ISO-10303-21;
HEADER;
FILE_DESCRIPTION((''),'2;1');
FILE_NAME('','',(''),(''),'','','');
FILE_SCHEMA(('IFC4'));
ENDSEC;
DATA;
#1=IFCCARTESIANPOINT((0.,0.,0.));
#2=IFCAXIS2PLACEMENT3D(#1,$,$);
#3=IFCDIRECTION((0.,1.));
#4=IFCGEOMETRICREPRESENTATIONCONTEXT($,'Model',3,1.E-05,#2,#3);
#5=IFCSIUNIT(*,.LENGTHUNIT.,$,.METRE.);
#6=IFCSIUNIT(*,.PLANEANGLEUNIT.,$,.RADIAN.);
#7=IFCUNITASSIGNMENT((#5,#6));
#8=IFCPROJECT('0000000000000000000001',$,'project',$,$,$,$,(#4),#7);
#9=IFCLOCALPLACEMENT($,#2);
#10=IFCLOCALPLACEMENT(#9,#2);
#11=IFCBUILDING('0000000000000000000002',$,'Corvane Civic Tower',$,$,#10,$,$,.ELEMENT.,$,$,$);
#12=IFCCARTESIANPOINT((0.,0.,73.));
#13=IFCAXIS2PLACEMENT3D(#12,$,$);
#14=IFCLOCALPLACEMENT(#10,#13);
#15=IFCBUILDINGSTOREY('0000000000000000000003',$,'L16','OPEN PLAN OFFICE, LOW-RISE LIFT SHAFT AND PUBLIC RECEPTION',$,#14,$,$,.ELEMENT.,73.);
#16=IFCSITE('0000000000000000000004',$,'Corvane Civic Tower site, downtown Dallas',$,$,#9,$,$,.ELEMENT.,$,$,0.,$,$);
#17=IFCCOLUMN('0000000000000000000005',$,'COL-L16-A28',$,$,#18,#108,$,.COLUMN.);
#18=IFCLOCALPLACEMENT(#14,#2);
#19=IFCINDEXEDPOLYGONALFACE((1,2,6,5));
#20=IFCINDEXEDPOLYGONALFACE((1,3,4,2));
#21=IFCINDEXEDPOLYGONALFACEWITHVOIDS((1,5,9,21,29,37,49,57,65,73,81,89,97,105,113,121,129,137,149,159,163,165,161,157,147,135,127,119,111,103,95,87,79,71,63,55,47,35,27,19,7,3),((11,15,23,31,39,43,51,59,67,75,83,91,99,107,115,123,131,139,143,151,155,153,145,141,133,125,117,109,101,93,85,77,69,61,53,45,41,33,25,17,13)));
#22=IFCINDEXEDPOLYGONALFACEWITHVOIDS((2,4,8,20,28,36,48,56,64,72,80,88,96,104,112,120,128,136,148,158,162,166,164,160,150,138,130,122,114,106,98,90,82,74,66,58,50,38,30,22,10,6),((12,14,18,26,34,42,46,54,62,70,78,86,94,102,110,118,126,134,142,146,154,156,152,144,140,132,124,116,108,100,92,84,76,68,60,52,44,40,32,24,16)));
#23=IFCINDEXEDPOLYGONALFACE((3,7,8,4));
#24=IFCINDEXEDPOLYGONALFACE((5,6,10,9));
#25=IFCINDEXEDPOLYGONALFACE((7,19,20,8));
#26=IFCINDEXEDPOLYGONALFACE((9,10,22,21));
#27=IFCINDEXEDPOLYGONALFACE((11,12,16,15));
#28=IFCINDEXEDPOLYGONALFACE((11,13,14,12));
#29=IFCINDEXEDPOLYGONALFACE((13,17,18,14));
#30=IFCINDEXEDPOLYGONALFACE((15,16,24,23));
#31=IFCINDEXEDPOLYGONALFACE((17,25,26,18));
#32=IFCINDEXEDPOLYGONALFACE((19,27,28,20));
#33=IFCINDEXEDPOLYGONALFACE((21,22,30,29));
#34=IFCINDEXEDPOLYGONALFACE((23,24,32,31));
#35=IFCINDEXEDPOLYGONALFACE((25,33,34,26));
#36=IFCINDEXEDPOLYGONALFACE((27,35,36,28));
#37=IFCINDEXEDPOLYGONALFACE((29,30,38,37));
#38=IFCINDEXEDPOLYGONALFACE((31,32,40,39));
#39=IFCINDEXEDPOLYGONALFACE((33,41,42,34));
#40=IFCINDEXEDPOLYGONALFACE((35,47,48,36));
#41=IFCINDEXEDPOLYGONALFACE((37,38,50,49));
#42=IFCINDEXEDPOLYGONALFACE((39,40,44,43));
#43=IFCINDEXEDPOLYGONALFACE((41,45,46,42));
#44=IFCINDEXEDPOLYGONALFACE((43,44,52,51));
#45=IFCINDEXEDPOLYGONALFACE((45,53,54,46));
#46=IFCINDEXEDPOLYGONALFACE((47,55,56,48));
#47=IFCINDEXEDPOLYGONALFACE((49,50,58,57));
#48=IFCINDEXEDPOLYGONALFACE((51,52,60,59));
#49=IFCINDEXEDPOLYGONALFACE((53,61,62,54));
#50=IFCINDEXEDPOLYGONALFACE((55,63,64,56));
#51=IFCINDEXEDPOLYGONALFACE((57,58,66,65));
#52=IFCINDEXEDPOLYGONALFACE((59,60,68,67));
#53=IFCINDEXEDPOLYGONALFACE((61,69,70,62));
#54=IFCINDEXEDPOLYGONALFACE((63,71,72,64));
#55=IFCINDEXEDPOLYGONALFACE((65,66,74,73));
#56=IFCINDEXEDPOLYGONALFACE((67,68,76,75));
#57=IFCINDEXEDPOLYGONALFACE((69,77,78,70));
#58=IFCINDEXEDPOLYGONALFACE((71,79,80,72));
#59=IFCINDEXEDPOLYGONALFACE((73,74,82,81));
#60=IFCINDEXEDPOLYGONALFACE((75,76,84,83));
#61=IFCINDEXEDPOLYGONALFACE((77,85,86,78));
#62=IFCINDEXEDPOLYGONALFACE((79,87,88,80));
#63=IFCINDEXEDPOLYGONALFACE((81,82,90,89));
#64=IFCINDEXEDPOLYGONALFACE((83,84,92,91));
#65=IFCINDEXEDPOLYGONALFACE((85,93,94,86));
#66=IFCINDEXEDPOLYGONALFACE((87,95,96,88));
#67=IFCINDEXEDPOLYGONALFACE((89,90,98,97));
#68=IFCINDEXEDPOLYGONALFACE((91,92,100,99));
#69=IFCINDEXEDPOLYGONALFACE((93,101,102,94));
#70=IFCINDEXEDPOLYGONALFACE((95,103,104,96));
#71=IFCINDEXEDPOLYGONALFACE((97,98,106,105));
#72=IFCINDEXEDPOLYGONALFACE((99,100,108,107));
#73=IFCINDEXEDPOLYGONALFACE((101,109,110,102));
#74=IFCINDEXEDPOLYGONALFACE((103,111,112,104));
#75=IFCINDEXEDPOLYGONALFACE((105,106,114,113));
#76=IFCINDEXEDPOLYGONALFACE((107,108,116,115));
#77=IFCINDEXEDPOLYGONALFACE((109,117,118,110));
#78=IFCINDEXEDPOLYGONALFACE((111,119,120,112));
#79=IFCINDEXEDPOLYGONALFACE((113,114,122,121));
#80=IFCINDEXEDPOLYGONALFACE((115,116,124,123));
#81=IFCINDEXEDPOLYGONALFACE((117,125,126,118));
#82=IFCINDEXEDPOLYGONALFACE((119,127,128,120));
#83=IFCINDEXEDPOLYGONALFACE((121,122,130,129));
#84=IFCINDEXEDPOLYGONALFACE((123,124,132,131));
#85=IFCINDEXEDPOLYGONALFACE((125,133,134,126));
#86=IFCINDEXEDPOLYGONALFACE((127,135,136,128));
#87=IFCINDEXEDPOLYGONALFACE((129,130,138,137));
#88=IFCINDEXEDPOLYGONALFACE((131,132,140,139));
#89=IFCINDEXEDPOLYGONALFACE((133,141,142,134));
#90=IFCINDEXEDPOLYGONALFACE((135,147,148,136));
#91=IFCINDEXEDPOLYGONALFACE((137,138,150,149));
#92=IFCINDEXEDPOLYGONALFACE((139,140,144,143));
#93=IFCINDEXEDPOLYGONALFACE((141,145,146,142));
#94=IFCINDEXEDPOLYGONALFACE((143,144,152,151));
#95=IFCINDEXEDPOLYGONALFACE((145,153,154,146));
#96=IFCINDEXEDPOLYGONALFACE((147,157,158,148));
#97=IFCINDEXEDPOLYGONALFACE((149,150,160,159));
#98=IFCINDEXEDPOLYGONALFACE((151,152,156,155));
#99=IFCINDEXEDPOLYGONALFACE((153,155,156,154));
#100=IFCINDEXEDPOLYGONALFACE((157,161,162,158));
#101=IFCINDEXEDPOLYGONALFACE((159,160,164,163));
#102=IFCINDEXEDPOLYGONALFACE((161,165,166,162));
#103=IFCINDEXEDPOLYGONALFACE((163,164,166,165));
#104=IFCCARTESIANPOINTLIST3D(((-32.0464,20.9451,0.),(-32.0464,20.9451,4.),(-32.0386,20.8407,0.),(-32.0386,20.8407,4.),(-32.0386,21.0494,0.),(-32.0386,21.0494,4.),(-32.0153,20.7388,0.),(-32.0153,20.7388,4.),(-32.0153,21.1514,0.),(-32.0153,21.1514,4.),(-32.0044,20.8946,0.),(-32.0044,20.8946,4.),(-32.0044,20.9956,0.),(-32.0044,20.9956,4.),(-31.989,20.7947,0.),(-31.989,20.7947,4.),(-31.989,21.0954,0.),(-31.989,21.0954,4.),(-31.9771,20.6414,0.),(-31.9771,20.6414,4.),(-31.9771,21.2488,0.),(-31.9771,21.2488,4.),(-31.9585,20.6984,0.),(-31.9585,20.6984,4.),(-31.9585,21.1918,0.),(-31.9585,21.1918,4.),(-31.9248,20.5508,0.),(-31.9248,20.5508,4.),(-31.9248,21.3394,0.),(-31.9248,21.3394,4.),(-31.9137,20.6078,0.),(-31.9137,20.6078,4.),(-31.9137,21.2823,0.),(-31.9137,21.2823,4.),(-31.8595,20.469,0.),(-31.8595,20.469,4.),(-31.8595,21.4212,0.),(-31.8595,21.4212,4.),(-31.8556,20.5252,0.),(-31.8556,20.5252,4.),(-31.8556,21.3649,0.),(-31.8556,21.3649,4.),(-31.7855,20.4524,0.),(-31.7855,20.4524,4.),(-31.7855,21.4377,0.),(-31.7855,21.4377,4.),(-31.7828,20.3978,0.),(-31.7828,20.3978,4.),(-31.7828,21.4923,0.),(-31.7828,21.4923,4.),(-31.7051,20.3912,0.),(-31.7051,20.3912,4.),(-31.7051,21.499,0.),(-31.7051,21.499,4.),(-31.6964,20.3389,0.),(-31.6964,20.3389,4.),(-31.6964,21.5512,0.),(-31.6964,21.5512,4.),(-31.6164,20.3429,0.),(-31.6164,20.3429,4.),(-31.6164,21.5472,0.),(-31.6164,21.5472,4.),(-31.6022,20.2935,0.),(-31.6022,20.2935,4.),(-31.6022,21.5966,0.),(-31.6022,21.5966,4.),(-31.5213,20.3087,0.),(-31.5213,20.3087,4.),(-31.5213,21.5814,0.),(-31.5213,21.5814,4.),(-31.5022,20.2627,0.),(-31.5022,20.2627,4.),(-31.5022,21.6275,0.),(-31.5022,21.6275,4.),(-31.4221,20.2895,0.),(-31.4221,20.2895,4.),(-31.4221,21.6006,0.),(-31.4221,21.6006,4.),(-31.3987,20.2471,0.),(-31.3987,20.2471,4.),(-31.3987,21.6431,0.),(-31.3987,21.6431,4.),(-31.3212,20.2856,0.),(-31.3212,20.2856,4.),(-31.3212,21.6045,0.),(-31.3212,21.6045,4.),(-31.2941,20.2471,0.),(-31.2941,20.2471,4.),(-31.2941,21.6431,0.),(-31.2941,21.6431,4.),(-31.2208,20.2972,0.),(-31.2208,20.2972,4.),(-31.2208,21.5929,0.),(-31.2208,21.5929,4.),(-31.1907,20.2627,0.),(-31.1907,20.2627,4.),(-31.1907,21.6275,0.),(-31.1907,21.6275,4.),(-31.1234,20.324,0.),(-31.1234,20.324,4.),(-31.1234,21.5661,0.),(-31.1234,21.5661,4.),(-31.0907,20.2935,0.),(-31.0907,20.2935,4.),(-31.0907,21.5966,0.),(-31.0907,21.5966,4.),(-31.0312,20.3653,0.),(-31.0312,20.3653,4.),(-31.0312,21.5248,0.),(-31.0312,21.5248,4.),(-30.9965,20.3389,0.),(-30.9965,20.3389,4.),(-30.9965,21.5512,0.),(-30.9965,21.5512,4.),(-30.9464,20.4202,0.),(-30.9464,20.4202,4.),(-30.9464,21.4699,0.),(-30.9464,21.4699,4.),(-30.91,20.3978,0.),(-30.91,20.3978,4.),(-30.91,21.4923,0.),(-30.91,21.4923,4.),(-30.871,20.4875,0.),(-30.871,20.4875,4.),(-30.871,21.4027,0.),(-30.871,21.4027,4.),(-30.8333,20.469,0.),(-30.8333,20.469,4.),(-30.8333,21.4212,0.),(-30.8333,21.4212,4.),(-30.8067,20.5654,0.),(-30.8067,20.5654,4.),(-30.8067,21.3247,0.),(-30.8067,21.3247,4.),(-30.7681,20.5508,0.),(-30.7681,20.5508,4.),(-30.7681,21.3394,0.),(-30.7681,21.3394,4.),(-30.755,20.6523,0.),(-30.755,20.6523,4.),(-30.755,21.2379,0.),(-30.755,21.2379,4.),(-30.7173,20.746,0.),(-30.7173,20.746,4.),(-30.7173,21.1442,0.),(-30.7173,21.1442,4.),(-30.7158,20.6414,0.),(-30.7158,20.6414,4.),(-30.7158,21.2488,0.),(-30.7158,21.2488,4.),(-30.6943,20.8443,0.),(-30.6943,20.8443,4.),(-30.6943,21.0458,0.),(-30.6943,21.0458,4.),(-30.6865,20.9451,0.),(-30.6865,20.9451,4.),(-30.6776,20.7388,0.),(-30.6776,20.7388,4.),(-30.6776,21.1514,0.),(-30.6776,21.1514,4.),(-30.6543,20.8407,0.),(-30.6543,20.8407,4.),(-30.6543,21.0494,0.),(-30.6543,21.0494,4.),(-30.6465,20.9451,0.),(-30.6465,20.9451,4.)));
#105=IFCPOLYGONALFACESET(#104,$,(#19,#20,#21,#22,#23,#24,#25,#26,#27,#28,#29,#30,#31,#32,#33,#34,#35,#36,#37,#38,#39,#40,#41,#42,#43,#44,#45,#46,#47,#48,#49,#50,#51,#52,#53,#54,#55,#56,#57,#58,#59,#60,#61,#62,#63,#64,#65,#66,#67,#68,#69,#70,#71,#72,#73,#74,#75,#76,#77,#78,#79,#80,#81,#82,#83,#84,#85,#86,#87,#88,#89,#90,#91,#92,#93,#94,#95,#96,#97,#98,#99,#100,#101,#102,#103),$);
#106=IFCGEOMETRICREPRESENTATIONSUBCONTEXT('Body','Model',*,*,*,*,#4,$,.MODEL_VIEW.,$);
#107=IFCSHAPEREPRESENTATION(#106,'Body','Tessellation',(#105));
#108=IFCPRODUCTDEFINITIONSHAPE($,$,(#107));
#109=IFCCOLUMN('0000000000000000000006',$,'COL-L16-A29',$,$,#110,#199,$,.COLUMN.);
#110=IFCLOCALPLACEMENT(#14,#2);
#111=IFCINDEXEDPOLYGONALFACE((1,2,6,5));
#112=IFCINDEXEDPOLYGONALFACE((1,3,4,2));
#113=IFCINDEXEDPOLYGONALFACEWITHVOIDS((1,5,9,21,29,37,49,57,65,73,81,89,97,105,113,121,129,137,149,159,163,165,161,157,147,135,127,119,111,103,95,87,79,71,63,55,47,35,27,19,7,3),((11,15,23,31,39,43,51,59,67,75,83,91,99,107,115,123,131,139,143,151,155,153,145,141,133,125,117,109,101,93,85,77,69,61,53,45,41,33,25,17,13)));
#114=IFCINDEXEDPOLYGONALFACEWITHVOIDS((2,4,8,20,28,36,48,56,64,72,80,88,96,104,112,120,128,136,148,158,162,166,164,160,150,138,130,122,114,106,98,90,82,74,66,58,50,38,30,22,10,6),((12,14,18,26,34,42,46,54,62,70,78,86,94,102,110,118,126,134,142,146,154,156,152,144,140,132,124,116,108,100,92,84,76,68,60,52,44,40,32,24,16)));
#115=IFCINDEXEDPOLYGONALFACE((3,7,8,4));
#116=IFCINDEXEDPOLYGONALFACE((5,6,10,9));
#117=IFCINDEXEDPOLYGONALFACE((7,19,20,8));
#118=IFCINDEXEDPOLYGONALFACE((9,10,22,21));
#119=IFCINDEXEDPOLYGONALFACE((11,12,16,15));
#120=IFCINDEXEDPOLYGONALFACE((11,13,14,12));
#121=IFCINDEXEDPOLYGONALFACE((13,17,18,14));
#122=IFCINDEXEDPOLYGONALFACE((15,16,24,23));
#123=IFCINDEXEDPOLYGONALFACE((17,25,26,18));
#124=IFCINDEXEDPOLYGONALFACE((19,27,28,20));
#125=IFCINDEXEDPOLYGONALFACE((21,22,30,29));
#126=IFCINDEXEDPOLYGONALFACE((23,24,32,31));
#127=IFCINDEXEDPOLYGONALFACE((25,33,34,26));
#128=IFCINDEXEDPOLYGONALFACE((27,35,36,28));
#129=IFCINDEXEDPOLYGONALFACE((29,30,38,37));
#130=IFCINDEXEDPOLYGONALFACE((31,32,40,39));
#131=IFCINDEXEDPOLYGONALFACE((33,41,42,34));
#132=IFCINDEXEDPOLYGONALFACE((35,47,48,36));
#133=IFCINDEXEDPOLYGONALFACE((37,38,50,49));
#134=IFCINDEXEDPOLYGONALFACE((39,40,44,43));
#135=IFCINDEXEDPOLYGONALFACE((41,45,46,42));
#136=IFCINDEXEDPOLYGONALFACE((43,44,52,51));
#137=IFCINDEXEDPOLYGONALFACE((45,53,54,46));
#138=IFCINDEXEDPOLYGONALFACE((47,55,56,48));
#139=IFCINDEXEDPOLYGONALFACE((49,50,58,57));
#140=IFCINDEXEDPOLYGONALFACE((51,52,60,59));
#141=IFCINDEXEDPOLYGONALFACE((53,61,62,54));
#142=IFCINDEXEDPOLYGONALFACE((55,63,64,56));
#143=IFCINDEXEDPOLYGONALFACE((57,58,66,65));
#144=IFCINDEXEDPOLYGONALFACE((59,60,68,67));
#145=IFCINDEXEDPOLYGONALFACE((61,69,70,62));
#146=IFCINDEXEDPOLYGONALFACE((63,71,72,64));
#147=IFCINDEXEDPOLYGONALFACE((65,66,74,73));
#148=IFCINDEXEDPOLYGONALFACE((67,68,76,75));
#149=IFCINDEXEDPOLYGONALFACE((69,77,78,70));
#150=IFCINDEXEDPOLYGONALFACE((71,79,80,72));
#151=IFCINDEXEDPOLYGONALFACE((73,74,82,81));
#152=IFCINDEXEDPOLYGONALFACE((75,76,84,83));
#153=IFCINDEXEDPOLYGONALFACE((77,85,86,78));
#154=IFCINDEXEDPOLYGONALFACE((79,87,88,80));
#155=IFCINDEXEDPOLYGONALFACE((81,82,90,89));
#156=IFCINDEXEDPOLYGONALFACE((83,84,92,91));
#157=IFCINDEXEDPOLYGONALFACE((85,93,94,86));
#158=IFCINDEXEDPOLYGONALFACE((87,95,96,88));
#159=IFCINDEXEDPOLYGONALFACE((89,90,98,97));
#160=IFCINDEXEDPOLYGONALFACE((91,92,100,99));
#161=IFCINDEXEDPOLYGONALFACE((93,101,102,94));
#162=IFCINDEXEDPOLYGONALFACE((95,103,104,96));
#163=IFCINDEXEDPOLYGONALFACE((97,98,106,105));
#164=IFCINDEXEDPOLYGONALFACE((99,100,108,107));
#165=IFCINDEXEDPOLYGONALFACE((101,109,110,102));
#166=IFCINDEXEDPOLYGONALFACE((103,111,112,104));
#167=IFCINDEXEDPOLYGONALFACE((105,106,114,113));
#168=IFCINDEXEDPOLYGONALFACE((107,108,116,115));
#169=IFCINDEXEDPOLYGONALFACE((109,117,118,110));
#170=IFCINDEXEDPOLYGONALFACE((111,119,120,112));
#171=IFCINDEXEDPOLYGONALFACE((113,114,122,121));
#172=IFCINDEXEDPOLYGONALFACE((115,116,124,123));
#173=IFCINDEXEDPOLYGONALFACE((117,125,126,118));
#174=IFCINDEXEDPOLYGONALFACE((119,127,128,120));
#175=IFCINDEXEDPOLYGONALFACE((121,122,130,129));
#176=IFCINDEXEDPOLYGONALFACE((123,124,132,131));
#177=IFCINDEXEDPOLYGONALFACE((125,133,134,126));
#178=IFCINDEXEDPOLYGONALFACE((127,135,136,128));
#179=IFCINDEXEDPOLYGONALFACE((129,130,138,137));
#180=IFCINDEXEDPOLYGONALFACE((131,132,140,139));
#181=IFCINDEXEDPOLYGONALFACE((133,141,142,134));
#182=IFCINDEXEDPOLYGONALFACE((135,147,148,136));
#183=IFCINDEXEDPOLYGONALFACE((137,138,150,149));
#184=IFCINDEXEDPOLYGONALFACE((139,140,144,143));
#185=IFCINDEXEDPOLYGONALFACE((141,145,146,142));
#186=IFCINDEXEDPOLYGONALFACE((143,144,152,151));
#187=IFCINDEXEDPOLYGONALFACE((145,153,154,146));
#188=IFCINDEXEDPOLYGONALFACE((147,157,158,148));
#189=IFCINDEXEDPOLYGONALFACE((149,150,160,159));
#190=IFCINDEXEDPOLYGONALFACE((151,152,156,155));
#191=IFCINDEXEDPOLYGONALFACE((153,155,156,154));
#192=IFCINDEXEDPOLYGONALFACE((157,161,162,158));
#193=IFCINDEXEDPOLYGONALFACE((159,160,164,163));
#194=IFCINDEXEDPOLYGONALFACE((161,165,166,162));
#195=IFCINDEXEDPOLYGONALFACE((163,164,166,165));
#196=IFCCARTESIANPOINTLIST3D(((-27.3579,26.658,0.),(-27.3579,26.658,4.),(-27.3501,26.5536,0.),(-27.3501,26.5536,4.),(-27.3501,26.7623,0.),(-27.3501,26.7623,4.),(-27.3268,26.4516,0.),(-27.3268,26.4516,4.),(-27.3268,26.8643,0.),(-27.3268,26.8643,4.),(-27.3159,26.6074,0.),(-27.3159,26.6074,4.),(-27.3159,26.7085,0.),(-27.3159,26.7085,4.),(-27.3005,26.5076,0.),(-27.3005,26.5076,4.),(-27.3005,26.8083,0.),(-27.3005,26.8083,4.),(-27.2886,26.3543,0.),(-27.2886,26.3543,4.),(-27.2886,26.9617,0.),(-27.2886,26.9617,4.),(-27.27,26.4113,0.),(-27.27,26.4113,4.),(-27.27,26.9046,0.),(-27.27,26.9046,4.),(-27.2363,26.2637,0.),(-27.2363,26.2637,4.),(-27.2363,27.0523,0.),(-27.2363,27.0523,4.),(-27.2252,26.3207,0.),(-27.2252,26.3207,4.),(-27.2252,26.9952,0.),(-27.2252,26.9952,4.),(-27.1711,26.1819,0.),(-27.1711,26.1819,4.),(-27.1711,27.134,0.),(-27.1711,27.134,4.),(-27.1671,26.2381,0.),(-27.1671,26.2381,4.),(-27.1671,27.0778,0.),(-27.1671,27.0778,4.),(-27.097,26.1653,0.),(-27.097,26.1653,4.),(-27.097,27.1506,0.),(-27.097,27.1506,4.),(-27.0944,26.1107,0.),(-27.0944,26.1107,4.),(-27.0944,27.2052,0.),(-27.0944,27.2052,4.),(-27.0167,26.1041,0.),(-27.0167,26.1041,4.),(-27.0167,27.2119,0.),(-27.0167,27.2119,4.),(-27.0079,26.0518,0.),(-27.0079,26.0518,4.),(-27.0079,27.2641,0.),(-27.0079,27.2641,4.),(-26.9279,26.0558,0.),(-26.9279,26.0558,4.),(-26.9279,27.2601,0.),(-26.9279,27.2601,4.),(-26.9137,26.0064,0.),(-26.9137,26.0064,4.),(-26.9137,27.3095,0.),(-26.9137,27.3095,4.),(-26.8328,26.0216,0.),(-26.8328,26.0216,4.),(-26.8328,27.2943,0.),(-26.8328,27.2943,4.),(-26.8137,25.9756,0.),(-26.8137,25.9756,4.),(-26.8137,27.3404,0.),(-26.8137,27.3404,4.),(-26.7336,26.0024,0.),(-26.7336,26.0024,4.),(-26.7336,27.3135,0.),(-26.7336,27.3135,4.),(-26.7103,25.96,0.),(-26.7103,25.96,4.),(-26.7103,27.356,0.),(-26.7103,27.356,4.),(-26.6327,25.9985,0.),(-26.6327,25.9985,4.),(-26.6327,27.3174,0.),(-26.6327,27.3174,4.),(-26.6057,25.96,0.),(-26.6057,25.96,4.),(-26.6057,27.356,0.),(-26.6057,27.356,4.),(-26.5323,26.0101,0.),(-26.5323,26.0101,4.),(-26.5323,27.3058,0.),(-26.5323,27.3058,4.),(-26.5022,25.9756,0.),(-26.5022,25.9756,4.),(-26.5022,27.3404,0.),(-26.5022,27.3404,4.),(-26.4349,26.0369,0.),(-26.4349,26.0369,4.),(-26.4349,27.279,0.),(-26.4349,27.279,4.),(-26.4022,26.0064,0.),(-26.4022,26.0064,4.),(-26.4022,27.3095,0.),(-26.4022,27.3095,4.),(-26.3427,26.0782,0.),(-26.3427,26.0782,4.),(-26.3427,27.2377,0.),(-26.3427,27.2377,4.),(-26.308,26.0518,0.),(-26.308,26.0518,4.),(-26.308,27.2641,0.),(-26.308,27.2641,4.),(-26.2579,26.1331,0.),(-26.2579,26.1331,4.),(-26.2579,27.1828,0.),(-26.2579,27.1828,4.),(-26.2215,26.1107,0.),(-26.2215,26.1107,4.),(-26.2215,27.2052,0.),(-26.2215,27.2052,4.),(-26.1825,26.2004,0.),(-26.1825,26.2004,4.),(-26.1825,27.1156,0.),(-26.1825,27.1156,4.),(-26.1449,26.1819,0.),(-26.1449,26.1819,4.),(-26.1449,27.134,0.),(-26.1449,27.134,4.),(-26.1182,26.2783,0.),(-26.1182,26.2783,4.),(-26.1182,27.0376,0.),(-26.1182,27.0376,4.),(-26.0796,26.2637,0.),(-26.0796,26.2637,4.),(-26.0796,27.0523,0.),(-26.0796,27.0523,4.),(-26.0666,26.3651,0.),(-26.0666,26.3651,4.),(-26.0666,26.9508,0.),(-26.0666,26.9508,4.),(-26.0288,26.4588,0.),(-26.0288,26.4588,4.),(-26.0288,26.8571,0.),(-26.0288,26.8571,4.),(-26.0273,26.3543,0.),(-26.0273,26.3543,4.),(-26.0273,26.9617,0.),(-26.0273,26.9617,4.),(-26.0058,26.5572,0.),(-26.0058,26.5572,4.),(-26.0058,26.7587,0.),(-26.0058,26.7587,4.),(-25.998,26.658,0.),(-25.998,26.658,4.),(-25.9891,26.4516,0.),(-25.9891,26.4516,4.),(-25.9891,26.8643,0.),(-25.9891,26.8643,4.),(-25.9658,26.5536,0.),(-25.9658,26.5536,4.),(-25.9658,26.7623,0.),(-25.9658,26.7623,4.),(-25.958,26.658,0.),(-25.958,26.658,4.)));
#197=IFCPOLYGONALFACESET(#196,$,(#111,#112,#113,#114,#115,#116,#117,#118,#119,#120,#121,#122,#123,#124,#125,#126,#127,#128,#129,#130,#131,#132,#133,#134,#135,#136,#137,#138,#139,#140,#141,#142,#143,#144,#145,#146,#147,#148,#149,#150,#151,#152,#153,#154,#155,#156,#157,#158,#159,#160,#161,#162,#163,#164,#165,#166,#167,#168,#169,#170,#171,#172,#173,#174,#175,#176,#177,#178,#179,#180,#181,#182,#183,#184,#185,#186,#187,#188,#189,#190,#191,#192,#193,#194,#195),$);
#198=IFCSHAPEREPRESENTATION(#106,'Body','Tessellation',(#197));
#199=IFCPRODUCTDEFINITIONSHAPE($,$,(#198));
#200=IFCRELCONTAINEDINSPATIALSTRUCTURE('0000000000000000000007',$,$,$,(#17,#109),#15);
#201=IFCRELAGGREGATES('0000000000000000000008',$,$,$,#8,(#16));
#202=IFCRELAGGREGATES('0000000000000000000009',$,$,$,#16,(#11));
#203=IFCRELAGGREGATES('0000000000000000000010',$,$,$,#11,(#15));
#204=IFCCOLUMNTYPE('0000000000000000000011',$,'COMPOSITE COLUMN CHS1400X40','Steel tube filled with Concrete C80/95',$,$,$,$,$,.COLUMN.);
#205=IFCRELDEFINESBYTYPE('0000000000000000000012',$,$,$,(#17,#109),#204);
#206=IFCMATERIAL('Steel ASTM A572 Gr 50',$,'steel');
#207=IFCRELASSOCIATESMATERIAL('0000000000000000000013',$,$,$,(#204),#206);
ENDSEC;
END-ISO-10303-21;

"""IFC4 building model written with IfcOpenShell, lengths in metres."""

from ifc_helpers import new_model, si_unit, direction, frame, origin, origin_2d, place, context, subcontext, project, spatial, hollow_circle, extrude, material, material_profile, profile_set, type_object, element, save


model = new_model("IFC4")

# Units and contexts
model_context = context("Model", 3, precision=1e-05, world=origin(), true_north=direction((0.0, 1.0)))
body_context = subcontext(model_context, "Body", "Model", "MODEL_VIEW")
ifc_project = project(units=[si_unit("LENGTHUNIT", "METRE"), si_unit("PLANEANGLEUNIT", "RADIAN")], contexts=[model_context])

# Site, building, storey
site_placement = place(None, origin())
site = spatial("IfcSite", under=ifc_project, at=site_placement, Name="Corvane Civic Tower site, downtown Dallas", CompositionType="ELEMENT", RefElevation=0.0)
building_placement = place(site_placement, origin())
building = spatial("IfcBuilding", under=site, at=building_placement, Name="Corvane Civic Tower", CompositionType="ELEMENT")
storey_placement = place(building_placement, frame((0.0, 0.0, 73.0)))
storey = spatial("IfcBuildingStorey", under=building, at=storey_placement, Name="L16", Description="OPEN PLAN OFFICE, LOW-RISE LIFT SHAFT AND PUBLIC RECEPTION", CompositionType="ELEMENT", Elevation=73.0)

# Columns
ifc_material_1 = material(Name="Steel ASTM A572 Gr 50", Category="steel")
ifc_material_profile_1 = material_profile(ifc_material_1, hollow_circle(Radius=0.7, WallThickness=0.04, at=origin_2d()), Name="CHS1400X40")
ifc_profile_set_1 = profile_set([ifc_material_profile_1], Name="Steel ASTM A572 Gr 50")
column_type = type_object("IfcColumnType", Name="COMPOSITE COLUMN CHS1400X40", Description="Steel tube filled with Concrete C80/95", PredefinedType="COLUMN", material=ifc_profile_set_1)
for number, where, z_axis, x_axis, name in (
    (1, (-31.3464, 20.9451, 0.0), (0.0, 0.0, 1.0), (1.0, 0.0, 0.0), "COL-L16-A28"),
    (2, (-26.658, 26.658, 0.0), (0.0, 0.0, 1.0), (1.0, 0.0, 0.0), "COL-L16-A29"),
):
    element("IfcColumn", number, at=place(storey_placement, frame(where, z_axis=z_axis, x_axis=x_axis)), inside=storey, type_object=column_type, Name=name, PredefinedType="COLUMN", context=body_context, shape_type="SweptSolid", body=[
        extrude(hollow_circle(Radius=0.7, WallThickness=0.04, at=origin_2d()), origin(), (0.0, 0.0, 1.0), 4.0),
    ])

save(model, "model.ifc")
